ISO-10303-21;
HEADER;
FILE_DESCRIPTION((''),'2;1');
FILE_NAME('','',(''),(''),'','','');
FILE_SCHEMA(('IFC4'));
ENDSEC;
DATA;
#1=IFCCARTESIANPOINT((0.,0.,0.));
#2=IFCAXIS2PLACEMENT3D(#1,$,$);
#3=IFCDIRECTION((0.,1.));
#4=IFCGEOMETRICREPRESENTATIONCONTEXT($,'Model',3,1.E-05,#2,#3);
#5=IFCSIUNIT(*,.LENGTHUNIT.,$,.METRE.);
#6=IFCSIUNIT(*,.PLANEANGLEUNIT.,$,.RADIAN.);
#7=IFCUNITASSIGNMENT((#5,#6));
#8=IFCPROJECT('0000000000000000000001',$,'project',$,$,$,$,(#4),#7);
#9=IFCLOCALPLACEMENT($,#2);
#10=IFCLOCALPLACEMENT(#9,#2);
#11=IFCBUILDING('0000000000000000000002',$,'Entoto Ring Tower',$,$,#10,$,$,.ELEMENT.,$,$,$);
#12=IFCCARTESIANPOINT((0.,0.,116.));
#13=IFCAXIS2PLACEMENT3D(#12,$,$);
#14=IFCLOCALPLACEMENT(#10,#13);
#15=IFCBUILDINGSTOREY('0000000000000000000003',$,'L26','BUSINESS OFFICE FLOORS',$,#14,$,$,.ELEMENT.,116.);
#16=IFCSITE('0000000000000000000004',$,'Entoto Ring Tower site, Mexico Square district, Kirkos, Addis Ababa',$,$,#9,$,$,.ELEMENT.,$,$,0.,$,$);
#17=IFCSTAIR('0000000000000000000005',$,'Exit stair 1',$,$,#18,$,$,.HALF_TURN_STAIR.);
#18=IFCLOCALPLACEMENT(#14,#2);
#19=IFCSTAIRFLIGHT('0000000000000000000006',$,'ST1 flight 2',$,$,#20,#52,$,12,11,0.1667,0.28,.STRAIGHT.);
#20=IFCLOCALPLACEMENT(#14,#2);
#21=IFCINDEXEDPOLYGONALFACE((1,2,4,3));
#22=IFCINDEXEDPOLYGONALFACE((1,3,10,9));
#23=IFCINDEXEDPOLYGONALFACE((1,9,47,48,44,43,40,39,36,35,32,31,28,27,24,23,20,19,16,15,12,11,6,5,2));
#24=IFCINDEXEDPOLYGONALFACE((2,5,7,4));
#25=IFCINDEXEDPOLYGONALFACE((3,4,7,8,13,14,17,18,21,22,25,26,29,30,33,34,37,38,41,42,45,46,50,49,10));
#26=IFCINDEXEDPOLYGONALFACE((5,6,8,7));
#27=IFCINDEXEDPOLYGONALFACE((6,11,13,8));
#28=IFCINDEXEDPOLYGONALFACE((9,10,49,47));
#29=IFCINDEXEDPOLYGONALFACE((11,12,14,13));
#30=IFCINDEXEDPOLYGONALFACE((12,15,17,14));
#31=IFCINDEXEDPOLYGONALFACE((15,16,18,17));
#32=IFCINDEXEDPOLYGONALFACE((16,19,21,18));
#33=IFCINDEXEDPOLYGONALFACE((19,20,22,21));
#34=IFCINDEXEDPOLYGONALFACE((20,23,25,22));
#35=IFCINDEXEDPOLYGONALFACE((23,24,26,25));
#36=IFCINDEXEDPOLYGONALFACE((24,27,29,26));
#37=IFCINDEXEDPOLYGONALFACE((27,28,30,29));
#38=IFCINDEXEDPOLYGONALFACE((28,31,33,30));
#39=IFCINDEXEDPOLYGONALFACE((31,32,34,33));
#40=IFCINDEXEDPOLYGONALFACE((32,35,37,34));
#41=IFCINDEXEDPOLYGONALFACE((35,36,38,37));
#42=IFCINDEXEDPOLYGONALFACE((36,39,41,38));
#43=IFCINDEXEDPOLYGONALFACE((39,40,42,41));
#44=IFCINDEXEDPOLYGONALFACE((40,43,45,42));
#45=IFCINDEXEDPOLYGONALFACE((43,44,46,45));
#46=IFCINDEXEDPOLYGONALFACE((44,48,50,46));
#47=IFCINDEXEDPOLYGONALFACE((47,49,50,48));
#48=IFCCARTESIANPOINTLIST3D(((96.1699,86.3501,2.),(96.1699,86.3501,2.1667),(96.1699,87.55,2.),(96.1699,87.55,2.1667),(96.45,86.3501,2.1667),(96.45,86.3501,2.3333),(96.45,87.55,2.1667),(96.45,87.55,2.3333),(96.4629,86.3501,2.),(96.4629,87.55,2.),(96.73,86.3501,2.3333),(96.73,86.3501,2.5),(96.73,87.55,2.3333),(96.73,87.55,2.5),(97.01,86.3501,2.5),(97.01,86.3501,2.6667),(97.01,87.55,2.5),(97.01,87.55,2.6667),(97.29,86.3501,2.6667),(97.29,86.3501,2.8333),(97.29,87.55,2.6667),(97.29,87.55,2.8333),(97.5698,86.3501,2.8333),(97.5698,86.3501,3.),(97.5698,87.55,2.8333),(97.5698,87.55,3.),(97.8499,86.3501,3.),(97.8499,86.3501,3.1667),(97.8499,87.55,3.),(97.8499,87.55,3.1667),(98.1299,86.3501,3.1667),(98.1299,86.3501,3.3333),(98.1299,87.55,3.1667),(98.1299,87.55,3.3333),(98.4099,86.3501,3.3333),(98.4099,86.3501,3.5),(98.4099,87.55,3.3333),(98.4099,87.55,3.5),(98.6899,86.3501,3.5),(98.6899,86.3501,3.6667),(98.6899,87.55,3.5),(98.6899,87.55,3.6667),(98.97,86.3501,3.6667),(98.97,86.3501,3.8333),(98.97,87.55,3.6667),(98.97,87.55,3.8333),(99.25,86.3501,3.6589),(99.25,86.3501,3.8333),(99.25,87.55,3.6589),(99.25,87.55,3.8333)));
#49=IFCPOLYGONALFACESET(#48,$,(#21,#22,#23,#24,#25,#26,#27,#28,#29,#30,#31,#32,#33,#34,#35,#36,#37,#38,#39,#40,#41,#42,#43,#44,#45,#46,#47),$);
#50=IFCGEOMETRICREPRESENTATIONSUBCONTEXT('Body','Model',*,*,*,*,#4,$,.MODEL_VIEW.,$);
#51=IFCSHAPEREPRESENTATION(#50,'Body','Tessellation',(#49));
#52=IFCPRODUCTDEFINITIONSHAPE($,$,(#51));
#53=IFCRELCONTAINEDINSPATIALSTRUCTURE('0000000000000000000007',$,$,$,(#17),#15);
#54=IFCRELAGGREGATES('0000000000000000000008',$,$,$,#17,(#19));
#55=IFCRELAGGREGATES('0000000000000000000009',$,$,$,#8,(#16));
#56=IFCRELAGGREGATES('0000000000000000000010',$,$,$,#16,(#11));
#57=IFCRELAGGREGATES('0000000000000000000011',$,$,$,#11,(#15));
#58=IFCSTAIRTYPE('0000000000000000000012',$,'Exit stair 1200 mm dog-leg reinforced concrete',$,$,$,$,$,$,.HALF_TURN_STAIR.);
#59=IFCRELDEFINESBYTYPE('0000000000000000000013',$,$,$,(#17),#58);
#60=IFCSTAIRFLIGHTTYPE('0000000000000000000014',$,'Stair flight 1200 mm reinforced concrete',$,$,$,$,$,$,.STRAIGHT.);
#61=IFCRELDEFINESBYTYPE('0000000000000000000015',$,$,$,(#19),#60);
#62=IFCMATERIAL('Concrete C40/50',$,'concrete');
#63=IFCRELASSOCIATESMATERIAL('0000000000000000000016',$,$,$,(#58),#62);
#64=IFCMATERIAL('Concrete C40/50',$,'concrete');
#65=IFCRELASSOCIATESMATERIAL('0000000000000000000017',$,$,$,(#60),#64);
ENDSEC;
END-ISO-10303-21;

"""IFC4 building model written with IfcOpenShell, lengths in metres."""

from ifc_helpers import new_model, si_unit, direction, frame, origin, place, context, subcontext, project, spatial, polyline, outline, extrude, material, type_object, element, aggregate, save


model = new_model("IFC4")

# Units and contexts
model_context = context("Model", 3, precision=1e-05, world=origin(), true_north=direction((0.0, 1.0)))
body_context = subcontext(model_context, "Body", "Model", "MODEL_VIEW")
ifc_project = project(units=[si_unit("LENGTHUNIT", "METRE"), si_unit("PLANEANGLEUNIT", "RADIAN")], contexts=[model_context])

# Site, building, storey
site_placement = place(None, origin())
site = spatial("IfcSite", under=ifc_project, at=site_placement, Name="Entoto Ring Tower site, Mexico Square district, Kirkos, Addis Ababa", CompositionType="ELEMENT", RefElevation=0.0)
building_placement = place(site_placement, origin())
building = spatial("IfcBuilding", under=site, at=building_placement, Name="Entoto Ring Tower", CompositionType="ELEMENT")
storey_placement = place(building_placement, frame((0.0, 0.0, 116.0)))
storey = spatial("IfcBuildingStorey", under=building, at=storey_placement, Name="L26", Description="BUSINESS OFFICE FLOORS", CompositionType="ELEMENT", Elevation=116.0)

# Stair, stair flight
ifc_material_1 = material(Name="Concrete C40/50", Category="concrete")
stair_type = type_object("IfcStairType", Name="Exit stair 1200 mm dog-leg reinforced concrete", PredefinedType="HALF_TURN_STAIR", material=ifc_material_1)
stair_placement = place(storey_placement, origin())
stair = element("IfcStair", 1, at=stair_placement, inside=storey, type_object=stair_type, Name="Exit stair 1", PredefinedType="HALF_TURN_STAIR")
ifc_material_2 = material(Name="Concrete C40/50", Category="concrete")
stair_flight_type = type_object("IfcStairFlightType", Name="Stair flight 1200 mm reinforced concrete", PredefinedType="STRAIGHT", material=ifc_material_2)
stair_flight_1_placement = place(storey_placement, frame((96.1699, 86.95, 2.0), z_axis=(0.0, 0.0, 1.0), x_axis=(1.0, 0.0, 0.0)))
stair_flight_1 = element("IfcStairFlight", 2, at=stair_flight_1_placement, type_object=stair_flight_type, Name="ST1 flight 2", NumberOfRisers=12, NumberOfTreads=11, PredefinedType="STRAIGHT", RiserHeight=0.1667, TreadLength=0.28, context=body_context, shape_type="SweptSolid", body=[
    extrude(outline(polyline([(0.0, 0.0), (0.0, 0.1667), (0.28, 0.1667), (0.28, 0.3333), (0.5601, 0.3333), (0.5601, 0.5), (0.8401, 0.5), (0.8401, 0.6667), (1.1201, 0.6667), (1.1201, 0.8333), (1.3999, 0.8333), (1.3999, 1.0), (1.6799, 1.0), (1.6799, 1.1667), (1.96, 1.1667), (1.96, 1.3333), (2.24, 1.3333), (2.24, 1.5), (2.52, 1.5), (2.52, 1.6667), (2.8, 1.6667), (2.8, 1.8333), (3.0801, 1.8333), (3.0801, 2.0), (3.0801, 1.6589), (0.293, 0.0), (0.0, 0.0)])), frame((0.0, 0.6001, 0.0), z_axis=(0.0, -1.0, 0.0), x_axis=(1.0, 0.0, 0.0)), (0.0, 0.0, 1.0), 1.2),
])
aggregate(stair, [stair_flight_1])

save(model, "model.ifc")
